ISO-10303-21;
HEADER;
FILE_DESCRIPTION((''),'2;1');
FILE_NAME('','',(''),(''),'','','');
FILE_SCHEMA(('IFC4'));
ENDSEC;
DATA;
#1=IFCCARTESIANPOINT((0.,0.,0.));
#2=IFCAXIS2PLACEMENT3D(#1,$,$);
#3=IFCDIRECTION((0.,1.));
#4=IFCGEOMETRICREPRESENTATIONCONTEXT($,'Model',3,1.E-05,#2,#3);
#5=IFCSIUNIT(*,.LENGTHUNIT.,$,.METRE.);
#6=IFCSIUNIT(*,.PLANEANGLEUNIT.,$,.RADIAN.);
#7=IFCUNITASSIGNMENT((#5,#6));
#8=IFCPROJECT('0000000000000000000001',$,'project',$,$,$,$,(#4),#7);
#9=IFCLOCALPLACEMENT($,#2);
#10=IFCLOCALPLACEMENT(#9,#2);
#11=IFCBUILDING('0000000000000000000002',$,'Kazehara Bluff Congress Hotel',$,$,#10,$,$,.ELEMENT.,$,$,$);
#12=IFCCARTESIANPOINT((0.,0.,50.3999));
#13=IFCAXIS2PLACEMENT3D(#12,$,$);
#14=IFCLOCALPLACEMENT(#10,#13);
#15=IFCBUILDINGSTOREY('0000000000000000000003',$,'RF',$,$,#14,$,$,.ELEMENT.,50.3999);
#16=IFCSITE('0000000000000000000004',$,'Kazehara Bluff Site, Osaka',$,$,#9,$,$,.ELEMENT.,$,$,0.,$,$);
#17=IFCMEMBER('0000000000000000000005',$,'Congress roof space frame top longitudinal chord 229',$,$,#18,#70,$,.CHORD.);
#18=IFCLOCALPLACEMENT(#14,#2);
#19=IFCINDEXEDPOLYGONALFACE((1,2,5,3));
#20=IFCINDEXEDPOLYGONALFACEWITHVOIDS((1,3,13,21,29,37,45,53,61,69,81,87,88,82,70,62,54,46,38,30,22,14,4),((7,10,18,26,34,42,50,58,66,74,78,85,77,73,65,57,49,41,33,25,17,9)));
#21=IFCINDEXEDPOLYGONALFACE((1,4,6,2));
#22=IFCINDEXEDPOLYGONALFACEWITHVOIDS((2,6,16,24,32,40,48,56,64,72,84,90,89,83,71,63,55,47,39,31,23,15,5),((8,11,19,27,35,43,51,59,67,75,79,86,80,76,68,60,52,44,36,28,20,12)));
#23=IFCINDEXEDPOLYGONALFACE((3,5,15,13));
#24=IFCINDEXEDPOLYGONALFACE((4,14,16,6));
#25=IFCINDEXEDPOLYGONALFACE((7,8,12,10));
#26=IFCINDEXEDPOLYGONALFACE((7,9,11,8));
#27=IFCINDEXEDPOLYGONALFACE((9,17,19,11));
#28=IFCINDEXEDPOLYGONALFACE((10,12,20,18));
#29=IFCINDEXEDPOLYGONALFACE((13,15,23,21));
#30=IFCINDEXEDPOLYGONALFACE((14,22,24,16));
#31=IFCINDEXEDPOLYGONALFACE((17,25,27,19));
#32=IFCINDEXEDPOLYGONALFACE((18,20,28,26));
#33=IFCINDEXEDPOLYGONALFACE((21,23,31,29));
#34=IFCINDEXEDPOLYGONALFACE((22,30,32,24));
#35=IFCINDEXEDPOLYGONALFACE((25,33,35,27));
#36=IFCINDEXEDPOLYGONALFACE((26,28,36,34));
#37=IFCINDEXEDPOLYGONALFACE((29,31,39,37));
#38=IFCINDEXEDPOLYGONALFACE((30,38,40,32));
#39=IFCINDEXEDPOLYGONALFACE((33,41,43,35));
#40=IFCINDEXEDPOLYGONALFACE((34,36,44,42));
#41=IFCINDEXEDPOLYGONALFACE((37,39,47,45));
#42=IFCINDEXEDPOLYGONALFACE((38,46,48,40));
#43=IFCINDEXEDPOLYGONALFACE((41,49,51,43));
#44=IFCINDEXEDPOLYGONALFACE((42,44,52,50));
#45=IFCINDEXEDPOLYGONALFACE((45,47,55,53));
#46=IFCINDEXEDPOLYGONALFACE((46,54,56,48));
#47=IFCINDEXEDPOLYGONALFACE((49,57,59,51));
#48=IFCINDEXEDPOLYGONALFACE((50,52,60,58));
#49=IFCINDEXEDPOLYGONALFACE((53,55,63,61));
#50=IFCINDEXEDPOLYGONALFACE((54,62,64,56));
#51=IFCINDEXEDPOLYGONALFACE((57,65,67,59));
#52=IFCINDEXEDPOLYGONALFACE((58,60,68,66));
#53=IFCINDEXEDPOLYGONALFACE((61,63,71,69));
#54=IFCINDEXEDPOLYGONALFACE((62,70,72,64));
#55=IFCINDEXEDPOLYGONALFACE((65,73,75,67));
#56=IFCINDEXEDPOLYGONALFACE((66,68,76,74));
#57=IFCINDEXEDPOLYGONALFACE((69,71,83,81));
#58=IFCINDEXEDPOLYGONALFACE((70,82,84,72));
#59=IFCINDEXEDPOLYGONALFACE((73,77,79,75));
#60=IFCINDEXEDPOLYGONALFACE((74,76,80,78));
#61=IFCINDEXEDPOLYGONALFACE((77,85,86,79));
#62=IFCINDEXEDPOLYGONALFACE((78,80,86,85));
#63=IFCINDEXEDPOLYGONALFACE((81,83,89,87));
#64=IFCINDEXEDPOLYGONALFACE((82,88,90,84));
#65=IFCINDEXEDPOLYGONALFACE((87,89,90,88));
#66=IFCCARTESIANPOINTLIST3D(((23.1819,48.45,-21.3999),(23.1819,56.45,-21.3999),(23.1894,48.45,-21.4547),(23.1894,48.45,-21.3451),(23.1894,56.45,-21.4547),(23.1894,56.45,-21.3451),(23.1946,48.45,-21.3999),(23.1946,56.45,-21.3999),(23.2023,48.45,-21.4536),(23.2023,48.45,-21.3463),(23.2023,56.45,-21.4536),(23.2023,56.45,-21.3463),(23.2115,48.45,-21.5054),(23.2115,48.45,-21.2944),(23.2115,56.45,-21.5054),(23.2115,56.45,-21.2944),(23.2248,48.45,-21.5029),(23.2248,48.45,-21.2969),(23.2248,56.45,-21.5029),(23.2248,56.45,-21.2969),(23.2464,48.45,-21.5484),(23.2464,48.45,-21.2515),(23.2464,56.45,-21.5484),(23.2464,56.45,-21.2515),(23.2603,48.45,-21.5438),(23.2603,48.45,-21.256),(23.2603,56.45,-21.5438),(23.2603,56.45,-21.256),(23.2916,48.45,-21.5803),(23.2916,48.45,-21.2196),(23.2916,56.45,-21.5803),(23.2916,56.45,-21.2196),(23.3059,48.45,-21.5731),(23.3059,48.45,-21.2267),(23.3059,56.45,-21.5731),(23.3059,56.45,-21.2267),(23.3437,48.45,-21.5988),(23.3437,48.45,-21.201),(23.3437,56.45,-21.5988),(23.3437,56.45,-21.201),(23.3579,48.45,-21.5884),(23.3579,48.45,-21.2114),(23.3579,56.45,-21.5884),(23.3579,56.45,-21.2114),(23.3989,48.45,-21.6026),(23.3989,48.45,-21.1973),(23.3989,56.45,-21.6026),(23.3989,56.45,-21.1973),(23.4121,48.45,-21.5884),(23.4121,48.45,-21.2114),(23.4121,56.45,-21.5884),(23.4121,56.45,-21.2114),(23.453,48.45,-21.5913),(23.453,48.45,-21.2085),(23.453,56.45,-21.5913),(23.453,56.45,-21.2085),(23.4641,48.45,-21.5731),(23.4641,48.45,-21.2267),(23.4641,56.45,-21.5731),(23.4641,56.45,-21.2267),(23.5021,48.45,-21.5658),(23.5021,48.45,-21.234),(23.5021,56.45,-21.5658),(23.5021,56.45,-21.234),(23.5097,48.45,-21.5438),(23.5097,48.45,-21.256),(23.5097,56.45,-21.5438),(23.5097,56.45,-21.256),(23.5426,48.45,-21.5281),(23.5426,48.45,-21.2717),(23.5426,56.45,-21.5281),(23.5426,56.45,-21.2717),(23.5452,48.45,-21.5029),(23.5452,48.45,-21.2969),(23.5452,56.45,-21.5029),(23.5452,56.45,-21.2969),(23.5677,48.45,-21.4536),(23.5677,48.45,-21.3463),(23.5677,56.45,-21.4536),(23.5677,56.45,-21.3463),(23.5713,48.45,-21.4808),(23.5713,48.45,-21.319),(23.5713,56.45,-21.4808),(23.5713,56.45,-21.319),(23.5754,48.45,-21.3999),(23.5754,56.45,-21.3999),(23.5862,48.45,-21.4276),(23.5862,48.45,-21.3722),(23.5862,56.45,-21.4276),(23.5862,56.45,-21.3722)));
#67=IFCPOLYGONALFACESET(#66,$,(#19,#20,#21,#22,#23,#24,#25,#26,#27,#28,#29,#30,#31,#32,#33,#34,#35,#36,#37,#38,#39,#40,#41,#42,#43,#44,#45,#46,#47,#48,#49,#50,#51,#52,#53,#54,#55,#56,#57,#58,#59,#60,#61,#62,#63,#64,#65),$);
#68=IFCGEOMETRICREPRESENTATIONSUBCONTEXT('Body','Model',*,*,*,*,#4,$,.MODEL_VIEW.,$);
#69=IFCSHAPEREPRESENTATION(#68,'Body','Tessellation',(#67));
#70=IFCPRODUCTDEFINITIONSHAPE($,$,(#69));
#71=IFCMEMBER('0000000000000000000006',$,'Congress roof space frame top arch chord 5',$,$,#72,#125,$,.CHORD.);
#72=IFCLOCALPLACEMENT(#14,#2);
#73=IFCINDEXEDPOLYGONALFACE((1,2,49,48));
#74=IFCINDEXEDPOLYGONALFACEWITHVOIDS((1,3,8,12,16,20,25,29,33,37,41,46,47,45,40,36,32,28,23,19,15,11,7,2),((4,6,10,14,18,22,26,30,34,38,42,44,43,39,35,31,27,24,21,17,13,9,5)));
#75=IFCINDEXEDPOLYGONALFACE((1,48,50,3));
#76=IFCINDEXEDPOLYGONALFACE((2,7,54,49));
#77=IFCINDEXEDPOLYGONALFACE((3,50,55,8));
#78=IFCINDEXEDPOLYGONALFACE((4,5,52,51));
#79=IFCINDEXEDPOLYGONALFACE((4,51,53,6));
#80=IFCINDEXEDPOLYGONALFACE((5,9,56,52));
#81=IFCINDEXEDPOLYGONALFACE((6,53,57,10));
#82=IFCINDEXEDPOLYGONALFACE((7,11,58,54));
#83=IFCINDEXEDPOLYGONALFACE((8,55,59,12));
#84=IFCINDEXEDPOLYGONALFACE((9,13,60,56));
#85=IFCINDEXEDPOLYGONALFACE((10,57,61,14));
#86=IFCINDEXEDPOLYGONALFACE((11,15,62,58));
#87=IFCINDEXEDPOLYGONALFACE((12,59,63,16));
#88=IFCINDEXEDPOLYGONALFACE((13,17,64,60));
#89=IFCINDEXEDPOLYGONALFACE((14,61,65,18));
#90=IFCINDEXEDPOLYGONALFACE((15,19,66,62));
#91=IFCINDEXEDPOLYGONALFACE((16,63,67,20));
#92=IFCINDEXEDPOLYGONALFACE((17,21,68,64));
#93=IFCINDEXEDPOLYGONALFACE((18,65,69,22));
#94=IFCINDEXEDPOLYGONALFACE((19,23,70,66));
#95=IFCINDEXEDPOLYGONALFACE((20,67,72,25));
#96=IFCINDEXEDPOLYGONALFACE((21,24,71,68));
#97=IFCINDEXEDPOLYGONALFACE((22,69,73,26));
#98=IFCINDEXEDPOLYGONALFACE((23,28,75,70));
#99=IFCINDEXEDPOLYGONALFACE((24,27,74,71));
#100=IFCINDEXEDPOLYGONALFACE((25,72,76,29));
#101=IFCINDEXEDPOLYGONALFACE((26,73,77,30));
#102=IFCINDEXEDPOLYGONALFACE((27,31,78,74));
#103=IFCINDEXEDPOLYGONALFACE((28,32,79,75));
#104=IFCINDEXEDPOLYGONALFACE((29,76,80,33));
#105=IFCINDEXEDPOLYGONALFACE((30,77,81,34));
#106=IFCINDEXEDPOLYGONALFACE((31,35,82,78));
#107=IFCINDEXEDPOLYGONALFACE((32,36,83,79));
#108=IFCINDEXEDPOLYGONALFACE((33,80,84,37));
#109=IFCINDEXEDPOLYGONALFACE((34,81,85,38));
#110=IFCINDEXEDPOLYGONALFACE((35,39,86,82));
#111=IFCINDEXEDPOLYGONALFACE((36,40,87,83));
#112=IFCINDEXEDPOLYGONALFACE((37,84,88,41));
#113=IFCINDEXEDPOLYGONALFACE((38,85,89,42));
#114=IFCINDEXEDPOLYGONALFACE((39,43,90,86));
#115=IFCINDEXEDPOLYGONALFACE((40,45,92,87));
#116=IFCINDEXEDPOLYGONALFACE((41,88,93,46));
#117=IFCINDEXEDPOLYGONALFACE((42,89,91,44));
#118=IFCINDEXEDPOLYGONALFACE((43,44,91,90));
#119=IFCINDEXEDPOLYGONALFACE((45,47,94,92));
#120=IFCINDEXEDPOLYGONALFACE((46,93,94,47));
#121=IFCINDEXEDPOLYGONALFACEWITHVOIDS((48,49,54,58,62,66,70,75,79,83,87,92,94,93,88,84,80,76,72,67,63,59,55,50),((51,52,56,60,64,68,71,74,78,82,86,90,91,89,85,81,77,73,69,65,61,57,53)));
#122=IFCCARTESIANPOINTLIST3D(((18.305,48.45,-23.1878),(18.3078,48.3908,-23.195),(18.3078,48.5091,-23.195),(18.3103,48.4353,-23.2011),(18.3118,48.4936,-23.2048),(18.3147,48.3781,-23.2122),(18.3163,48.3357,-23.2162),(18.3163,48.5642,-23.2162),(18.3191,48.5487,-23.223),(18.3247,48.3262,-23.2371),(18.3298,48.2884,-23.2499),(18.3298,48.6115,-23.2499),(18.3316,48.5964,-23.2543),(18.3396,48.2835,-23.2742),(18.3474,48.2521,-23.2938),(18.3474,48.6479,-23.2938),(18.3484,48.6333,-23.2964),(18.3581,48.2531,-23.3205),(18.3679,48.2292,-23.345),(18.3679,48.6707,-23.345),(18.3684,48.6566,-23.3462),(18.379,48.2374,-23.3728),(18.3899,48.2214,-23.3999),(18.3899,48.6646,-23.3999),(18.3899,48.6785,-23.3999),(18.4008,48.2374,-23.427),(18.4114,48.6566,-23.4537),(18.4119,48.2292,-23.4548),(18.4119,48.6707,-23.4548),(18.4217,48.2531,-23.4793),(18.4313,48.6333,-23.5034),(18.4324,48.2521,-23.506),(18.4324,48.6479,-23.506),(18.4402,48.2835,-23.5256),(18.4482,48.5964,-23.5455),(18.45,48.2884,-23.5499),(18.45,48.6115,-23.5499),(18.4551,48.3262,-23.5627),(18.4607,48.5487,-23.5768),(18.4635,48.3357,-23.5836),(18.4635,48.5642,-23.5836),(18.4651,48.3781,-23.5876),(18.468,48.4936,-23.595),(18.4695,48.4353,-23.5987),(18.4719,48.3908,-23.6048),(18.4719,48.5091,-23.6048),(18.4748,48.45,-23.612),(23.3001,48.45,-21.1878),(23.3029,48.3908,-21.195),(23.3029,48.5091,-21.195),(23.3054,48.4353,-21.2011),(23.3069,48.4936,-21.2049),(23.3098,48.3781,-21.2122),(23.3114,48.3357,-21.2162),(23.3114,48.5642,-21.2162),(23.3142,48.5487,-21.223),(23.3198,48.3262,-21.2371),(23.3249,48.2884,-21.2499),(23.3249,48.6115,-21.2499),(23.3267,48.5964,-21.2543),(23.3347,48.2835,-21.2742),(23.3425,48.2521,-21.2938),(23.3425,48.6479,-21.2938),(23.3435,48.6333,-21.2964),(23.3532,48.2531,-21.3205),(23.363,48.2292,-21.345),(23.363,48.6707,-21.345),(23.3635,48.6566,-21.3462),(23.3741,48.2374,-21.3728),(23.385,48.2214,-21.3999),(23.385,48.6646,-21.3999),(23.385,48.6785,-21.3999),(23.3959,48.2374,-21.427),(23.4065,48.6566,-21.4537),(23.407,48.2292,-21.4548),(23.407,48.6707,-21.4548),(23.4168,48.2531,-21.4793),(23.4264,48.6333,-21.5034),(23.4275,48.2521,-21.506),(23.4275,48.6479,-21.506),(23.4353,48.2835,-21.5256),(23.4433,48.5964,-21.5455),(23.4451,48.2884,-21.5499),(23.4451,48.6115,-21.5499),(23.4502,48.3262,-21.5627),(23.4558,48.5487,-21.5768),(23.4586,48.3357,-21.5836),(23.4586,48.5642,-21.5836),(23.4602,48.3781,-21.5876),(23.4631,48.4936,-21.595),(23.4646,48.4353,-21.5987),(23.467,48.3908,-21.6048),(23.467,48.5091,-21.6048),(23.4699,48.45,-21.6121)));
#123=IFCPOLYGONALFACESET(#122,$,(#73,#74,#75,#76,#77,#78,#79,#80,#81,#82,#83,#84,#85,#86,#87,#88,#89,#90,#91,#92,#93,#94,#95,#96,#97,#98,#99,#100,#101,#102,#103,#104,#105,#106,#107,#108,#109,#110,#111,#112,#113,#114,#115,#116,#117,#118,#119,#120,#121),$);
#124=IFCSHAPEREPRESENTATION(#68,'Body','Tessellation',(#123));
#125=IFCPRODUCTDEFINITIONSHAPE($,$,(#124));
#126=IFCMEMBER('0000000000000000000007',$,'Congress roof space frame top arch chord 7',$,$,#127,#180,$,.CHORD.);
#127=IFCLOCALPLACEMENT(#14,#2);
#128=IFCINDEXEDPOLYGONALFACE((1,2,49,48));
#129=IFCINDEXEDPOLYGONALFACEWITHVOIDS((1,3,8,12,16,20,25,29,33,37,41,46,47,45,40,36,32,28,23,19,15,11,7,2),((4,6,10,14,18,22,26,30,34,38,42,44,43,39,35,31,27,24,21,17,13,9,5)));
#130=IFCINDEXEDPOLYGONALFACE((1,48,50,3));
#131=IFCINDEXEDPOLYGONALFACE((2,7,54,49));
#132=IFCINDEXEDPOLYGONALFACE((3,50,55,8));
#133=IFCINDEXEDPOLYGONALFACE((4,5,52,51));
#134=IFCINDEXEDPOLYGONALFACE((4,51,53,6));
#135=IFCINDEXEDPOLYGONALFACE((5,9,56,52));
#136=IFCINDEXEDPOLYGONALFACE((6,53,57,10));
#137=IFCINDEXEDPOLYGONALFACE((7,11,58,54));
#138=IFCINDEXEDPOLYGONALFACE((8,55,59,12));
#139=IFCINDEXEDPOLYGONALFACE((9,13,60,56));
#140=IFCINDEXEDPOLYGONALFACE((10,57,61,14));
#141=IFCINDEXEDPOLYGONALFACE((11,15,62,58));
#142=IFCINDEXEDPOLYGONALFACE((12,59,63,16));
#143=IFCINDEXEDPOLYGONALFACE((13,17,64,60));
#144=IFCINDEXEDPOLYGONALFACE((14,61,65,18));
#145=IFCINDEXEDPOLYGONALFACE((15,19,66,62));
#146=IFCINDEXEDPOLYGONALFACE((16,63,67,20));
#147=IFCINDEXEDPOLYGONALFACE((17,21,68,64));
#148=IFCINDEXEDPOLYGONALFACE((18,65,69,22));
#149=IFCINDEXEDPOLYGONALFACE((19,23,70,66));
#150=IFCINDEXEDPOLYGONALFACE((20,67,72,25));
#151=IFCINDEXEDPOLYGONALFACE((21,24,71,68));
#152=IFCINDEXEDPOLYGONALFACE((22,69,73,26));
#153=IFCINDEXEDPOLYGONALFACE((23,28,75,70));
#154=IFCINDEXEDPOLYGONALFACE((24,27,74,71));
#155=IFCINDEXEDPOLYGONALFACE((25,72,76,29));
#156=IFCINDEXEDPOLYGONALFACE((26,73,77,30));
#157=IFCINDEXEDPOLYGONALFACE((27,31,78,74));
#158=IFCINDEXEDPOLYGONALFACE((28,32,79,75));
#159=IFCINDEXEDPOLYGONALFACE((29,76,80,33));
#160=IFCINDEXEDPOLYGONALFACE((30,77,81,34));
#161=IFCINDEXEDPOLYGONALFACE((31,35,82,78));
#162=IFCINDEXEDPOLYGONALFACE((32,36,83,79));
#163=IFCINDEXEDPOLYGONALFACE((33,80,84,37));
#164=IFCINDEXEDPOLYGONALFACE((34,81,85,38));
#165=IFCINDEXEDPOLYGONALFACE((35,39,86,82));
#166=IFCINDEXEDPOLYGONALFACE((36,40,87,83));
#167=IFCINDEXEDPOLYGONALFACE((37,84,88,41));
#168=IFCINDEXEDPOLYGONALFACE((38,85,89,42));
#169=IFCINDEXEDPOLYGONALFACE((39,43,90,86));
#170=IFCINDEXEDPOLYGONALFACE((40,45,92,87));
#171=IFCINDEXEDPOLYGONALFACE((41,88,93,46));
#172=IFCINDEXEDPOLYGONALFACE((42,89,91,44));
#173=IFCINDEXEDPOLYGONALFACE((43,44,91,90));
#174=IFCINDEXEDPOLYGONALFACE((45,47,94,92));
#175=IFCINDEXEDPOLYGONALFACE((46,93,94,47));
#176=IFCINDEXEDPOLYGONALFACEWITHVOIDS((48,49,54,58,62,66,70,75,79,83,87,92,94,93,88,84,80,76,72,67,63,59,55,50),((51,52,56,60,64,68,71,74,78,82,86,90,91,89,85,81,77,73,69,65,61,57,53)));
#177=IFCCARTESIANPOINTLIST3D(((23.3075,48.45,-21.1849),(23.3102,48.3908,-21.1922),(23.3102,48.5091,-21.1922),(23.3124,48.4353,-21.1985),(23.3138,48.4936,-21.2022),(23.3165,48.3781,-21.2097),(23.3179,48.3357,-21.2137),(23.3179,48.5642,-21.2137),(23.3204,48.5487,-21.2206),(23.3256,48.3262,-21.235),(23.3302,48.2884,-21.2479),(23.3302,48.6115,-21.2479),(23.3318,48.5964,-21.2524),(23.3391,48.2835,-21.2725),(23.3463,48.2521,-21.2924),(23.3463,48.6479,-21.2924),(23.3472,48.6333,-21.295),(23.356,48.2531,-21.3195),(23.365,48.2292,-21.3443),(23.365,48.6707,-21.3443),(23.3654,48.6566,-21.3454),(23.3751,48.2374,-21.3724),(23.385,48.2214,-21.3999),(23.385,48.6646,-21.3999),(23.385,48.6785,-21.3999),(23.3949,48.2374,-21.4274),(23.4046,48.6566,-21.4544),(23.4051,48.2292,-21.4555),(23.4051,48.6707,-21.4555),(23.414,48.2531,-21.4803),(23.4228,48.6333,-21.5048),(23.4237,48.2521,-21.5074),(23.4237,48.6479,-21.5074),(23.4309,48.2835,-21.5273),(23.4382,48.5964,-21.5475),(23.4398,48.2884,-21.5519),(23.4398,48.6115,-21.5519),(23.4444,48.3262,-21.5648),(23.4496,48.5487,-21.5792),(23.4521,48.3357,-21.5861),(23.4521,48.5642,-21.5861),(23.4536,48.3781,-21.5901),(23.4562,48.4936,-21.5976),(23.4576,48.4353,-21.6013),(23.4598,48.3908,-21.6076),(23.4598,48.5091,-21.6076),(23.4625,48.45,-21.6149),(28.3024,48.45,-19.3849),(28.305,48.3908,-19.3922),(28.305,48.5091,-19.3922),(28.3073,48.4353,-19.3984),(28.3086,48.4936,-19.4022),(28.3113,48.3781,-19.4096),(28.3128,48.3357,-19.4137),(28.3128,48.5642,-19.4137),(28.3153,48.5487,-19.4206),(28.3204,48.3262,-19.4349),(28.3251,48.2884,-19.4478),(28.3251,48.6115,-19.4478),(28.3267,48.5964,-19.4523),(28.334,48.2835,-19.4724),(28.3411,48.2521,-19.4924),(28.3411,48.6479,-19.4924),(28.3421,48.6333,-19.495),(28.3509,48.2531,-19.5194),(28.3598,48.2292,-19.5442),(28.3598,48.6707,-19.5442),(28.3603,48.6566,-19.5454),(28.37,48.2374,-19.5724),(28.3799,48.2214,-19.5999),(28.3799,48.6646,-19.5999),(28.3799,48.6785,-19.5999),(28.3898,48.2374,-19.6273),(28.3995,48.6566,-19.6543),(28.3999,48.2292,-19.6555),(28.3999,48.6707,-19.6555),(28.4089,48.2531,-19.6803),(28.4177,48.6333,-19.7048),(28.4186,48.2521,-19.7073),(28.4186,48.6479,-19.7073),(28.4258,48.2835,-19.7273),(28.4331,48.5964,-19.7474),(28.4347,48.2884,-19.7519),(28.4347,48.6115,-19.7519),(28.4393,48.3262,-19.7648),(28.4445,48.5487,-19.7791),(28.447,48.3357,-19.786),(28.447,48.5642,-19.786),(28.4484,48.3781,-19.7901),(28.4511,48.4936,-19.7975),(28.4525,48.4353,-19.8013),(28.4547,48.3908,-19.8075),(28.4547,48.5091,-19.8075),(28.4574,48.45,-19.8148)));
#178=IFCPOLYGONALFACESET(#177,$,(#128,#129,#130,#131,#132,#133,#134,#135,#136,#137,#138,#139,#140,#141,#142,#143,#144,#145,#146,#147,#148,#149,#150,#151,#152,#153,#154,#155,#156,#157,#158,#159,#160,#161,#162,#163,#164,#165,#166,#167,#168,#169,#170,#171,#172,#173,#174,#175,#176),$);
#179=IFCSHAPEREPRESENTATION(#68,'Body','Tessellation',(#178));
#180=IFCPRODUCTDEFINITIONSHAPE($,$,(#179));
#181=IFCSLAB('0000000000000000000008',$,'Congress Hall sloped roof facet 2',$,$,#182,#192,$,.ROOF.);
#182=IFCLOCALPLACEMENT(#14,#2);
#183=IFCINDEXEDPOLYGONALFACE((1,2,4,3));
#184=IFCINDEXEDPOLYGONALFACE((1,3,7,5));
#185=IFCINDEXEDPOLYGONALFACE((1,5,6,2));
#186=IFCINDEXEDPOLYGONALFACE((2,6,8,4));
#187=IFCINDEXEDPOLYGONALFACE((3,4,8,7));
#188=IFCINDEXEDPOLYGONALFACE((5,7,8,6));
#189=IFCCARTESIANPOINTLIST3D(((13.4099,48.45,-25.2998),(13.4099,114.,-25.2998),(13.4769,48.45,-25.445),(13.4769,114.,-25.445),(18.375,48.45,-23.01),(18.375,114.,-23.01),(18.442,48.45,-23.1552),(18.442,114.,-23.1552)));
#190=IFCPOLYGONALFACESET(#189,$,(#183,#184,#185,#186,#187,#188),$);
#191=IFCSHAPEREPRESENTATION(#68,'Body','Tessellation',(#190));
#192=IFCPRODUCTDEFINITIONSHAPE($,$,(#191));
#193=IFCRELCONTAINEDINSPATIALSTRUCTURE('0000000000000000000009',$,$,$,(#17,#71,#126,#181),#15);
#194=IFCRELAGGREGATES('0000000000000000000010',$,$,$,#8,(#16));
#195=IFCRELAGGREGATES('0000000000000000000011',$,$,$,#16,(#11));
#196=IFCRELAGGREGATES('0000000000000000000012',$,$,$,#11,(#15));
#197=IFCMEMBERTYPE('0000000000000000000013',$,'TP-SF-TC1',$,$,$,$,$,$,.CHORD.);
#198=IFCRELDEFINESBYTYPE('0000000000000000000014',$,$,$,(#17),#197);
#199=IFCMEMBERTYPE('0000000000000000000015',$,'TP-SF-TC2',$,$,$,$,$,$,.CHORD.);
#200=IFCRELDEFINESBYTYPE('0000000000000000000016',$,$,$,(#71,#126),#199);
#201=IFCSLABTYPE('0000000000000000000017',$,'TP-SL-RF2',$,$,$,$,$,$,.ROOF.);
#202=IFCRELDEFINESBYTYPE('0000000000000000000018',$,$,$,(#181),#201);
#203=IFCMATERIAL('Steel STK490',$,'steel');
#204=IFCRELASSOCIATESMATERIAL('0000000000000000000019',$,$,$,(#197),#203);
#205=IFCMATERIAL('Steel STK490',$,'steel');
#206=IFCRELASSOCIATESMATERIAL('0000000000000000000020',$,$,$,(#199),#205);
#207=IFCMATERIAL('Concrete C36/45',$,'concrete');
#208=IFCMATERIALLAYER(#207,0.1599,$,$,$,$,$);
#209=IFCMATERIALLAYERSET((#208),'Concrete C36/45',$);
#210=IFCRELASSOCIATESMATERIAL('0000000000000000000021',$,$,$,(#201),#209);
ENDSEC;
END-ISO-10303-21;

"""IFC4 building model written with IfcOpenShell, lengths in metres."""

from ifc_helpers import new_model, si_unit, direction, frame, origin, origin_2d, place, context, subcontext, project, spatial, polyline, hollow_circle, outline, extrude, material, layer, layer_set, material_profile, profile_set, type_object, element, save


model = new_model("IFC4")

# Units and contexts
model_context = context("Model", 3, precision=1e-05, world=origin(), true_north=direction((0.0, 1.0)))
body_context = subcontext(model_context, "Body", "Model", "MODEL_VIEW")
ifc_project = project(units=[si_unit("LENGTHUNIT", "METRE"), si_unit("PLANEANGLEUNIT", "RADIAN")], contexts=[model_context])

# Site, building, storey
site_placement = place(None, origin())
site = spatial("IfcSite", under=ifc_project, at=site_placement, Name="Kazehara Bluff Site, Osaka", CompositionType="ELEMENT", RefElevation=0.0)
building_placement = place(site_placement, origin())
building = spatial("IfcBuilding", under=site, at=building_placement, Name="Kazehara Bluff Congress Hotel", CompositionType="ELEMENT")
storey_placement = place(building_placement, frame((0.0, 0.0, 50.3999)))
storey = spatial("IfcBuildingStorey", under=building, at=storey_placement, Name="RF", CompositionType="ELEMENT", Elevation=50.3999)

# Members
ifc_material_1 = material(Name="Steel STK490", Category="steel")
ifc_material_profile_1 = material_profile(ifc_material_1, hollow_circle(Radius=0.2031, WallThickness=0.0127, at=origin_2d()))
ifc_profile_set_1 = profile_set([ifc_material_profile_1], Name="Steel STK490")
member_type_1 = type_object("IfcMemberType", Name="TP-SF-TC1", PredefinedType="CHORD", material=ifc_profile_set_1)
for number, where, z_axis, x_axis, name in (
    (1, (23.385, 48.45, -21.3999), (0.0, 1.0, 0.0), (-1.0, 0.0, 0.0), "Congress roof space frame top longitudinal chord 229"),
):
    element("IfcMember", number, at=place(storey_placement, frame(where, z_axis=z_axis, x_axis=x_axis)), inside=storey, type_object=member_type_1, Name=name, PredefinedType="CHORD", context=body_context, shape_type="SweptSolid", body=[
        extrude(hollow_circle(Radius=0.2031, WallThickness=0.0127, at=origin_2d()), origin(), (0.0, 0.0, 1.0), 8.0),
    ])
ifc_material_2 = material(Name="Steel STK490", Category="steel")
ifc_material_profile_2 = material_profile(ifc_material_2, hollow_circle(Radius=0.2285, WallThickness=0.0139, at=origin_2d()))
ifc_profile_set_2 = profile_set([ifc_material_profile_2], Name="Steel STK490")
member_type_2 = type_object("IfcMemberType", Name="TP-SF-TC2", PredefinedType="CHORD", material=ifc_profile_set_2)
member_1_placement = place(storey_placement, frame((18.3899, 48.45, -23.3999), z_axis=(0.928351, 0.0, 0.371704), x_axis=(0.0, 1.0, 0.0)))
element("IfcMember", 2, at=member_1_placement, inside=storey, type_object=member_type_2, Name="Congress roof space frame top arch chord 5", PredefinedType="CHORD", context=body_context, shape_type="SweptSolid", body=[
    extrude(hollow_circle(Radius=0.2285, WallThickness=0.0139, at=origin_2d()), origin(), (0.0, 0.0, 1.0), 5.3806),
])
member_2_placement = place(storey_placement, frame((23.385, 48.45, -21.3999), z_axis=(0.940774, 0.0, 0.339035), x_axis=(0.0, 1.0, 0.0)))
element("IfcMember", 3, at=member_2_placement, inside=storey, type_object=member_type_2, Name="Congress roof space frame top arch chord 7", PredefinedType="CHORD", context=body_context, shape_type="SweptSolid", body=[
    extrude(hollow_circle(Radius=0.2285, WallThickness=0.0139, at=origin_2d()), origin(), (0.0, 0.0, 1.0), 5.3093),
])

# Slab
ifc_material_3 = material(Name="Concrete C36/45", Category="concrete")
ifc_layer = layer(ifc_material_3, 0.1599)
ifc_layer_set = layer_set([ifc_layer], Name="Concrete C36/45")
slab_type = type_object("IfcSlabType", Name="TP-SL-RF2", PredefinedType="ROOF", material=ifc_layer_set)
slab_1_placement = place(storey_placement, frame((13.4099, 48.45, -25.2998), z_axis=(-0.418789, 0.0, 0.908083), x_axis=(0.908083, 0.0, 0.418789)))
element("IfcSlab", 4, at=slab_1_placement, inside=storey, type_object=slab_type, Name="Congress Hall sloped roof facet 2", PredefinedType="ROOF", context=body_context, shape_type="SweptSolid", body=[
    extrude(outline(polyline([(0.0, 0.0), (5.4677, 0.0), (5.4677, 65.55), (0.0, 65.55), (0.0, 0.0)])), origin(), (0.0, 0.0, -1.0), 0.1599),
])

save(model, "model.ifc")
